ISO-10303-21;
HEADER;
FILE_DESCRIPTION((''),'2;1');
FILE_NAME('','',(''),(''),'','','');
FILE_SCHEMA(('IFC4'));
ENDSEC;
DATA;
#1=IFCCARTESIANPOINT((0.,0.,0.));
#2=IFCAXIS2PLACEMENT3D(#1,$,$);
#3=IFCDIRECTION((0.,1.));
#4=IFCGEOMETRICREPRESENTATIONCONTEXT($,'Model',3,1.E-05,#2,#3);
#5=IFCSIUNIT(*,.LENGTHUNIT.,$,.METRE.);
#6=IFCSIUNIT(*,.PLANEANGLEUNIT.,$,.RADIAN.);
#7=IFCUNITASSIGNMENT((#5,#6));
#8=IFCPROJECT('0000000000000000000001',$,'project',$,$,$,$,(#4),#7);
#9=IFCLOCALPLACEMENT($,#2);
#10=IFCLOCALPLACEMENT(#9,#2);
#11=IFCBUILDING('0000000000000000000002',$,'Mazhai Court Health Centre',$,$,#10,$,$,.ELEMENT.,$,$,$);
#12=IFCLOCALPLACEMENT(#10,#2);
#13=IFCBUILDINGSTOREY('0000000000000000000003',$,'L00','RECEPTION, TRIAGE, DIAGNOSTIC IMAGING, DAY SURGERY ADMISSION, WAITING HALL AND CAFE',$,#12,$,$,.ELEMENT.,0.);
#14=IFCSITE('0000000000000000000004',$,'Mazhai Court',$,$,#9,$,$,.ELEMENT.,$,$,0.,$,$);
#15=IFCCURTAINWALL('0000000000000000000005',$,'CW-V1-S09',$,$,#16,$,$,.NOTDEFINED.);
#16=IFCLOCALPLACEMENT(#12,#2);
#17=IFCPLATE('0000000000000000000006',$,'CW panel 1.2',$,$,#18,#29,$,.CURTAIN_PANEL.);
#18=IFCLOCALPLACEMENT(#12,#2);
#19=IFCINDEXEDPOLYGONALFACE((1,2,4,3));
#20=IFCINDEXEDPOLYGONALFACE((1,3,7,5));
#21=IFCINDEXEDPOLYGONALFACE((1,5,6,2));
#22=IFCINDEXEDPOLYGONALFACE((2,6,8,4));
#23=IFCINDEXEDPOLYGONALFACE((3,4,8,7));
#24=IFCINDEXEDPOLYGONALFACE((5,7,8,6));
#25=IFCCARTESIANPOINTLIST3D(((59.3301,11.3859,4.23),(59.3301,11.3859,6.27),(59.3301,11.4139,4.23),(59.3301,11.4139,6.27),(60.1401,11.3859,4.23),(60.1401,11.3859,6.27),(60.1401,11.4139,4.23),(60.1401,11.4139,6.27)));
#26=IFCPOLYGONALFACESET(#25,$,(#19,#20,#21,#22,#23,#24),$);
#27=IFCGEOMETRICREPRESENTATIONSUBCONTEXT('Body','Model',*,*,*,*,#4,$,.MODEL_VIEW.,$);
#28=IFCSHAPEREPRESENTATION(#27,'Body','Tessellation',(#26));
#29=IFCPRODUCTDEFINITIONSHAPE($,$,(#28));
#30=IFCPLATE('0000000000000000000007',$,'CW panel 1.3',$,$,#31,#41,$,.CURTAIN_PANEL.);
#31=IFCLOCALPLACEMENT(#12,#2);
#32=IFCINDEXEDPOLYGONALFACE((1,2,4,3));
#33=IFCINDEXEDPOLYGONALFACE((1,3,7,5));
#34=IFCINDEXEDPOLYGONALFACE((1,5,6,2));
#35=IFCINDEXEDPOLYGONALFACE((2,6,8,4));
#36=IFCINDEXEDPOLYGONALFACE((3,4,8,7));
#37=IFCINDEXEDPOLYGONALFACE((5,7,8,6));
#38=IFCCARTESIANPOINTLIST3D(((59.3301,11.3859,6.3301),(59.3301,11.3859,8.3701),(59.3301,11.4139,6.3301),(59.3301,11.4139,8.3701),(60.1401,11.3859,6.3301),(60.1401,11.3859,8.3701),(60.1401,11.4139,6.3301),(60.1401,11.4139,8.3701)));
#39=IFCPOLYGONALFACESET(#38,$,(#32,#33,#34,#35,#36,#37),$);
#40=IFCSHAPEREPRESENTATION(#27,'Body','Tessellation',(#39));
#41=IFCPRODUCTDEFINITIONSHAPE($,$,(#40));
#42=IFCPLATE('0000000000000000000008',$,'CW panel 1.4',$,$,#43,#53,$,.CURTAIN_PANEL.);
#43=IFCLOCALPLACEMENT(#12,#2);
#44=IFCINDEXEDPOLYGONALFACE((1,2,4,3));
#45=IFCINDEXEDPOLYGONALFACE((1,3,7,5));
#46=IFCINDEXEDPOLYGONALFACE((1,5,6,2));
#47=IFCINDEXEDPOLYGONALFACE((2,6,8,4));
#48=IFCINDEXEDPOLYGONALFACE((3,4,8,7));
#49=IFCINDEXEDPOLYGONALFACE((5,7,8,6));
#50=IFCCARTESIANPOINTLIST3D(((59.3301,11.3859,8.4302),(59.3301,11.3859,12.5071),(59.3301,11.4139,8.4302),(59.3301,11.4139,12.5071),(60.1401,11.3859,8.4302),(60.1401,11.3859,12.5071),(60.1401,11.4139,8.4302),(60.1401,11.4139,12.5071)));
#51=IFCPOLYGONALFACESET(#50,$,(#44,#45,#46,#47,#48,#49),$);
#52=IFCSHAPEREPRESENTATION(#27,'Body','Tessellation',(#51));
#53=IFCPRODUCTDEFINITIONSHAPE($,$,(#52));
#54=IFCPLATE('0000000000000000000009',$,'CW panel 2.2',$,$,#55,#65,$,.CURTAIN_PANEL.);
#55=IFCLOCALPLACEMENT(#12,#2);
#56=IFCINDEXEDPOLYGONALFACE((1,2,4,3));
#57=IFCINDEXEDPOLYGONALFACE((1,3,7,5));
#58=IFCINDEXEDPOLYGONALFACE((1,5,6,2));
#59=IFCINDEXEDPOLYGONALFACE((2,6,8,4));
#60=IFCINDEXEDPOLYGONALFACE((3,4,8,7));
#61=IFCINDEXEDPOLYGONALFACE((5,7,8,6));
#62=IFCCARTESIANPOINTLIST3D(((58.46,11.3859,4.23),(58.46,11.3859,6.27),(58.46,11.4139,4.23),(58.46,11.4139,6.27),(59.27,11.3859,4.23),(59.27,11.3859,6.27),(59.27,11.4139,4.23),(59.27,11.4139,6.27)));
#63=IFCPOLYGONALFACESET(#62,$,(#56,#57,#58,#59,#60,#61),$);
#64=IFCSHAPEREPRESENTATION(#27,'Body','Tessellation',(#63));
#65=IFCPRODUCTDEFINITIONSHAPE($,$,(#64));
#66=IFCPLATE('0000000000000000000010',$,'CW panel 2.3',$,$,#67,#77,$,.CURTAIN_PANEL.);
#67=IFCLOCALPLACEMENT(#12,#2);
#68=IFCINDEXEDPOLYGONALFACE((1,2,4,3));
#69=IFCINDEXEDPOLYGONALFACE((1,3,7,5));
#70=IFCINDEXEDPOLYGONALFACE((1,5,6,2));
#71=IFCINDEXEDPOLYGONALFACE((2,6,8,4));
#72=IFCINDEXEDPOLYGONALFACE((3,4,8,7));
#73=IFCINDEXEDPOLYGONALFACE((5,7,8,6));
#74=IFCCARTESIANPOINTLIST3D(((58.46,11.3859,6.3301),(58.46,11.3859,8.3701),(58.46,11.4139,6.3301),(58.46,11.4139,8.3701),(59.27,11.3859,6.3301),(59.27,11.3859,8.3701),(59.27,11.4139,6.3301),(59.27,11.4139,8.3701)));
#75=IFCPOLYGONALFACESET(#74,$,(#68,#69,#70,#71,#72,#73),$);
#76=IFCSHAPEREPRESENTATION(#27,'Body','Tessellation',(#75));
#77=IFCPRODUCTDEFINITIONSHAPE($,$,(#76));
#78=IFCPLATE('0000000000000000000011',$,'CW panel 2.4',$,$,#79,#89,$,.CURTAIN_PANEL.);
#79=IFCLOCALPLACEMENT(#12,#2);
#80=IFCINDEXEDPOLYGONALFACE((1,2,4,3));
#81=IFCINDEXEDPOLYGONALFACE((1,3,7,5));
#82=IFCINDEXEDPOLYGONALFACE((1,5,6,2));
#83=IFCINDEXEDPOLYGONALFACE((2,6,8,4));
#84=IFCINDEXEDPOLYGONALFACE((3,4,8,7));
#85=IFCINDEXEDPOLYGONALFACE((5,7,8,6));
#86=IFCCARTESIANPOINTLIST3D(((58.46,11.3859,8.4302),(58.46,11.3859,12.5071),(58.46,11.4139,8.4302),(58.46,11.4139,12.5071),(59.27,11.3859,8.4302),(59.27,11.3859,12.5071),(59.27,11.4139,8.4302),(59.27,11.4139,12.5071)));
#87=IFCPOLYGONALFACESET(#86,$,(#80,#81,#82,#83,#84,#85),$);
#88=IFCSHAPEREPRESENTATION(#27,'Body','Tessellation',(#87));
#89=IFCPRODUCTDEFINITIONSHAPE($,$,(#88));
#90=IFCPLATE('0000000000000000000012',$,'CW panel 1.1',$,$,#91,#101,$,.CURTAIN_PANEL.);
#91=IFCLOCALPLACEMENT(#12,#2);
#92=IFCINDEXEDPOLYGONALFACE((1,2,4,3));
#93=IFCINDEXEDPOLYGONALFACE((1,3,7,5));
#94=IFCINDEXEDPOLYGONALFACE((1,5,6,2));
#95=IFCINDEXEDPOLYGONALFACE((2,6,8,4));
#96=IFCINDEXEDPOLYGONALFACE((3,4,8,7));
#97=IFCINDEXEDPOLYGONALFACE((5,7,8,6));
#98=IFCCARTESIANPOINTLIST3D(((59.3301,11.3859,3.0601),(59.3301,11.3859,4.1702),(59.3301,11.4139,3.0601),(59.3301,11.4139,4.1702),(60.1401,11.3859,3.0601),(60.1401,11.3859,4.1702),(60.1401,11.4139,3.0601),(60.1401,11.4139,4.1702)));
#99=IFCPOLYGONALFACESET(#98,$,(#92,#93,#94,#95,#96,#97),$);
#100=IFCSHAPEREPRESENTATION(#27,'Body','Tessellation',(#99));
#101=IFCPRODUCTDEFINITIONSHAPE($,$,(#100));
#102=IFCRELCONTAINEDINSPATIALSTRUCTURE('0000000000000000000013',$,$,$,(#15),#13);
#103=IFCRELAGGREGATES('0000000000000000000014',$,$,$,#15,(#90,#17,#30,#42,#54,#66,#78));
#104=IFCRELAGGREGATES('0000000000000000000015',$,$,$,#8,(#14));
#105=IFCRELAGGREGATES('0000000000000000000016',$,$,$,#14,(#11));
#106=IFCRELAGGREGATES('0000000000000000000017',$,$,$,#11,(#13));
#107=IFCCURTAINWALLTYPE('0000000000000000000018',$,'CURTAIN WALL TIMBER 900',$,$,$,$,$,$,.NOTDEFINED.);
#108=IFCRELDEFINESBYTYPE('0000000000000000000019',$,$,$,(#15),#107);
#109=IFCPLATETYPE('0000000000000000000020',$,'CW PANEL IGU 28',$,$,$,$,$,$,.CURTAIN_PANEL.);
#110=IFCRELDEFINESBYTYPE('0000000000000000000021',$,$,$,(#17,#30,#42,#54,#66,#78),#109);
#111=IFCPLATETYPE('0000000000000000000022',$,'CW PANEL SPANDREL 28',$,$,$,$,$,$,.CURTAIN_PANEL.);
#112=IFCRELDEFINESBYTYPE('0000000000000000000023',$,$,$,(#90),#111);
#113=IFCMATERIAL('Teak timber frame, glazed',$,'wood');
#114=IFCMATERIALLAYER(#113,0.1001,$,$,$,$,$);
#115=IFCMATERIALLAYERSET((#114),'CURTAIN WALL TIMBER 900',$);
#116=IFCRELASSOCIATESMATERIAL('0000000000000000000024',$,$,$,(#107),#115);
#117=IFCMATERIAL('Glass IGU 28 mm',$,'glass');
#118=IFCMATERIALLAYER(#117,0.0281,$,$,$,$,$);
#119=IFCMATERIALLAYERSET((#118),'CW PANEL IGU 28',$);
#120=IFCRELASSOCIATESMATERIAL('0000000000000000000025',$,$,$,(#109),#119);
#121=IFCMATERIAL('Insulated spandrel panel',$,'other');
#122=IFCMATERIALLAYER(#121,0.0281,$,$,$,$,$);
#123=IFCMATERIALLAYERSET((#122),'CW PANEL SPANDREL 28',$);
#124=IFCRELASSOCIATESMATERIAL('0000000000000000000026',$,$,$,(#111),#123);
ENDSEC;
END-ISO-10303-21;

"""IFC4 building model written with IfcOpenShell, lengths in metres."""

from ifc_helpers import new_model, si_unit, direction, frame, origin, origin_2d, place, context, subcontext, project, spatial, rectangle, extrude, material, layer, layer_set, type_object, element, aggregate, save


model = new_model("IFC4")

# Units and contexts
model_context = context("Model", 3, precision=1e-05, world=origin(), true_north=direction((0.0, 1.0)))
body_context = subcontext(model_context, "Body", "Model", "MODEL_VIEW")
ifc_project = project(units=[si_unit("LENGTHUNIT", "METRE"), si_unit("PLANEANGLEUNIT", "RADIAN")], contexts=[model_context])

# Site, building, storey
site_placement = place(None, origin())
site = spatial("IfcSite", under=ifc_project, at=site_placement, Name="Mazhai Court", CompositionType="ELEMENT", RefElevation=0.0)
building_placement = place(site_placement, origin())
building = spatial("IfcBuilding", under=site, at=building_placement, Name="Mazhai Court Health Centre", CompositionType="ELEMENT")
storey_placement = place(building_placement, origin())
storey = spatial("IfcBuildingStorey", under=building, at=storey_placement, Name="L00", Description="RECEPTION, TRIAGE, DIAGNOSTIC IMAGING, DAY SURGERY ADMISSION, WAITING HALL AND CAFE", CompositionType="ELEMENT", Elevation=0.0)

# Curtain wall
ifc_material_1 = material(Name="Teak timber frame, glazed", Category="wood")
ifc_layer_1 = layer(ifc_material_1, 0.1001)
ifc_layer_set_1 = layer_set([ifc_layer_1], Name="CURTAIN WALL TIMBER 900")
curtain_wall_type = type_object("IfcCurtainWallType", Name="CURTAIN WALL TIMBER 900", PredefinedType="NOTDEFINED", material=ifc_layer_set_1)
curtain_wall_1_placement = place(storey_placement, origin())
curtain_wall_1 = element("IfcCurtainWall", 1, at=curtain_wall_1_placement, inside=storey, type_object=curtain_wall_type, Name="CW-V1-S09", PredefinedType="NOTDEFINED")

# Plates
ifc_material_2 = material(Name="Glass IGU 28 mm", Category="glass")
ifc_layer_2 = layer(ifc_material_2, 0.0281)
ifc_layer_set_2 = layer_set([ifc_layer_2], Name="CW PANEL IGU 28")
plate_type_1 = type_object("IfcPlateType", Name="CW PANEL IGU 28", PredefinedType="CURTAIN_PANEL", material=ifc_layer_set_2)
plate_1_placement = place(storey_placement, frame((59.7351, 11.3999, 4.23), z_axis=(0.0, 0.0, 1.0), x_axis=(-1.0, 0.0, 0.0)))
plate_1 = element("IfcPlate", 2, at=plate_1_placement, type_object=plate_type_1, Name="CW panel 1.2", PredefinedType="CURTAIN_PANEL", context=body_context, shape_type="SweptSolid", body=[
    extrude(rectangle(XDim=0.8101, YDim=0.0281, at=origin_2d()), origin(), (0.0, 0.0, 1.0), 2.04),
])
plate_2_placement = place(storey_placement, frame((59.7351, 11.3999, 6.3301), z_axis=(0.0, 0.0, 1.0), x_axis=(-1.0, 0.0, 0.0)))
plate_2 = element("IfcPlate", 3, at=plate_2_placement, type_object=plate_type_1, Name="CW panel 1.3", PredefinedType="CURTAIN_PANEL", context=body_context, shape_type="SweptSolid", body=[
    extrude(rectangle(XDim=0.8101, YDim=0.0281, at=origin_2d()), origin(), (0.0, 0.0, 1.0), 2.04),
])
plate_3_placement = place(storey_placement, frame((59.7351, 11.3999, 8.4302), z_axis=(0.0, 0.0, 1.0), x_axis=(-1.0, 0.0, 0.0)))
plate_3 = element("IfcPlate", 4, at=plate_3_placement, type_object=plate_type_1, Name="CW panel 1.4", PredefinedType="CURTAIN_PANEL", context=body_context, shape_type="SweptSolid", body=[
    extrude(rectangle(XDim=0.8101, YDim=0.0281, at=origin_2d()), origin(), (0.0, 0.0, 1.0), 4.0769),
])
plate_4_placement = place(storey_placement, frame((58.865, 11.3999, 4.23), z_axis=(0.0, 0.0, 1.0), x_axis=(-1.0, 0.0, 0.0)))
plate_4 = element("IfcPlate", 5, at=plate_4_placement, type_object=plate_type_1, Name="CW panel 2.2", PredefinedType="CURTAIN_PANEL", context=body_context, shape_type="SweptSolid", body=[
    extrude(rectangle(XDim=0.8101, YDim=0.0281, at=origin_2d()), origin(), (0.0, 0.0, 1.0), 2.04),
])
plate_5_placement = place(storey_placement, frame((58.865, 11.3999, 6.3301), z_axis=(0.0, 0.0, 1.0), x_axis=(-1.0, 0.0, 0.0)))
plate_5 = element("IfcPlate", 6, at=plate_5_placement, type_object=plate_type_1, Name="CW panel 2.3", PredefinedType="CURTAIN_PANEL", context=body_context, shape_type="SweptSolid", body=[
    extrude(rectangle(XDim=0.8101, YDim=0.0281, at=origin_2d()), origin(), (0.0, 0.0, 1.0), 2.04),
])
plate_6_placement = place(storey_placement, frame((58.865, 11.3999, 8.4302), z_axis=(0.0, 0.0, 1.0), x_axis=(-1.0, 0.0, 0.0)))
plate_6 = element("IfcPlate", 7, at=plate_6_placement, type_object=plate_type_1, Name="CW panel 2.4", PredefinedType="CURTAIN_PANEL", context=body_context, shape_type="SweptSolid", body=[
    extrude(rectangle(XDim=0.8101, YDim=0.0281, at=origin_2d()), origin(), (0.0, 0.0, 1.0), 4.0769),
])
ifc_material_3 = material(Name="Insulated spandrel panel", Category="other")
ifc_layer_3 = layer(ifc_material_3, 0.0281)
ifc_layer_set_3 = layer_set([ifc_layer_3], Name="CW PANEL SPANDREL 28")
plate_type_2 = type_object("IfcPlateType", Name="CW PANEL SPANDREL 28", PredefinedType="CURTAIN_PANEL", material=ifc_layer_set_3)
plate_7_placement = place(storey_placement, frame((59.7351, 11.3999, 3.0601), z_axis=(0.0, 0.0, 1.0), x_axis=(-1.0, 0.0, 0.0)))
plate_7 = element("IfcPlate", 8, at=plate_7_placement, type_object=plate_type_2, Name="CW panel 1.1", PredefinedType="CURTAIN_PANEL", context=body_context, shape_type="SweptSolid", body=[
    extrude(rectangle(XDim=0.8101, YDim=0.0281, at=origin_2d()), origin(), (0.0, 0.0, 1.0), 1.1101),
])
aggregate(curtain_wall_1, [plate_7, plate_1, plate_2, plate_3, plate_4, plate_5, plate_6])

save(model, "model.ifc")
